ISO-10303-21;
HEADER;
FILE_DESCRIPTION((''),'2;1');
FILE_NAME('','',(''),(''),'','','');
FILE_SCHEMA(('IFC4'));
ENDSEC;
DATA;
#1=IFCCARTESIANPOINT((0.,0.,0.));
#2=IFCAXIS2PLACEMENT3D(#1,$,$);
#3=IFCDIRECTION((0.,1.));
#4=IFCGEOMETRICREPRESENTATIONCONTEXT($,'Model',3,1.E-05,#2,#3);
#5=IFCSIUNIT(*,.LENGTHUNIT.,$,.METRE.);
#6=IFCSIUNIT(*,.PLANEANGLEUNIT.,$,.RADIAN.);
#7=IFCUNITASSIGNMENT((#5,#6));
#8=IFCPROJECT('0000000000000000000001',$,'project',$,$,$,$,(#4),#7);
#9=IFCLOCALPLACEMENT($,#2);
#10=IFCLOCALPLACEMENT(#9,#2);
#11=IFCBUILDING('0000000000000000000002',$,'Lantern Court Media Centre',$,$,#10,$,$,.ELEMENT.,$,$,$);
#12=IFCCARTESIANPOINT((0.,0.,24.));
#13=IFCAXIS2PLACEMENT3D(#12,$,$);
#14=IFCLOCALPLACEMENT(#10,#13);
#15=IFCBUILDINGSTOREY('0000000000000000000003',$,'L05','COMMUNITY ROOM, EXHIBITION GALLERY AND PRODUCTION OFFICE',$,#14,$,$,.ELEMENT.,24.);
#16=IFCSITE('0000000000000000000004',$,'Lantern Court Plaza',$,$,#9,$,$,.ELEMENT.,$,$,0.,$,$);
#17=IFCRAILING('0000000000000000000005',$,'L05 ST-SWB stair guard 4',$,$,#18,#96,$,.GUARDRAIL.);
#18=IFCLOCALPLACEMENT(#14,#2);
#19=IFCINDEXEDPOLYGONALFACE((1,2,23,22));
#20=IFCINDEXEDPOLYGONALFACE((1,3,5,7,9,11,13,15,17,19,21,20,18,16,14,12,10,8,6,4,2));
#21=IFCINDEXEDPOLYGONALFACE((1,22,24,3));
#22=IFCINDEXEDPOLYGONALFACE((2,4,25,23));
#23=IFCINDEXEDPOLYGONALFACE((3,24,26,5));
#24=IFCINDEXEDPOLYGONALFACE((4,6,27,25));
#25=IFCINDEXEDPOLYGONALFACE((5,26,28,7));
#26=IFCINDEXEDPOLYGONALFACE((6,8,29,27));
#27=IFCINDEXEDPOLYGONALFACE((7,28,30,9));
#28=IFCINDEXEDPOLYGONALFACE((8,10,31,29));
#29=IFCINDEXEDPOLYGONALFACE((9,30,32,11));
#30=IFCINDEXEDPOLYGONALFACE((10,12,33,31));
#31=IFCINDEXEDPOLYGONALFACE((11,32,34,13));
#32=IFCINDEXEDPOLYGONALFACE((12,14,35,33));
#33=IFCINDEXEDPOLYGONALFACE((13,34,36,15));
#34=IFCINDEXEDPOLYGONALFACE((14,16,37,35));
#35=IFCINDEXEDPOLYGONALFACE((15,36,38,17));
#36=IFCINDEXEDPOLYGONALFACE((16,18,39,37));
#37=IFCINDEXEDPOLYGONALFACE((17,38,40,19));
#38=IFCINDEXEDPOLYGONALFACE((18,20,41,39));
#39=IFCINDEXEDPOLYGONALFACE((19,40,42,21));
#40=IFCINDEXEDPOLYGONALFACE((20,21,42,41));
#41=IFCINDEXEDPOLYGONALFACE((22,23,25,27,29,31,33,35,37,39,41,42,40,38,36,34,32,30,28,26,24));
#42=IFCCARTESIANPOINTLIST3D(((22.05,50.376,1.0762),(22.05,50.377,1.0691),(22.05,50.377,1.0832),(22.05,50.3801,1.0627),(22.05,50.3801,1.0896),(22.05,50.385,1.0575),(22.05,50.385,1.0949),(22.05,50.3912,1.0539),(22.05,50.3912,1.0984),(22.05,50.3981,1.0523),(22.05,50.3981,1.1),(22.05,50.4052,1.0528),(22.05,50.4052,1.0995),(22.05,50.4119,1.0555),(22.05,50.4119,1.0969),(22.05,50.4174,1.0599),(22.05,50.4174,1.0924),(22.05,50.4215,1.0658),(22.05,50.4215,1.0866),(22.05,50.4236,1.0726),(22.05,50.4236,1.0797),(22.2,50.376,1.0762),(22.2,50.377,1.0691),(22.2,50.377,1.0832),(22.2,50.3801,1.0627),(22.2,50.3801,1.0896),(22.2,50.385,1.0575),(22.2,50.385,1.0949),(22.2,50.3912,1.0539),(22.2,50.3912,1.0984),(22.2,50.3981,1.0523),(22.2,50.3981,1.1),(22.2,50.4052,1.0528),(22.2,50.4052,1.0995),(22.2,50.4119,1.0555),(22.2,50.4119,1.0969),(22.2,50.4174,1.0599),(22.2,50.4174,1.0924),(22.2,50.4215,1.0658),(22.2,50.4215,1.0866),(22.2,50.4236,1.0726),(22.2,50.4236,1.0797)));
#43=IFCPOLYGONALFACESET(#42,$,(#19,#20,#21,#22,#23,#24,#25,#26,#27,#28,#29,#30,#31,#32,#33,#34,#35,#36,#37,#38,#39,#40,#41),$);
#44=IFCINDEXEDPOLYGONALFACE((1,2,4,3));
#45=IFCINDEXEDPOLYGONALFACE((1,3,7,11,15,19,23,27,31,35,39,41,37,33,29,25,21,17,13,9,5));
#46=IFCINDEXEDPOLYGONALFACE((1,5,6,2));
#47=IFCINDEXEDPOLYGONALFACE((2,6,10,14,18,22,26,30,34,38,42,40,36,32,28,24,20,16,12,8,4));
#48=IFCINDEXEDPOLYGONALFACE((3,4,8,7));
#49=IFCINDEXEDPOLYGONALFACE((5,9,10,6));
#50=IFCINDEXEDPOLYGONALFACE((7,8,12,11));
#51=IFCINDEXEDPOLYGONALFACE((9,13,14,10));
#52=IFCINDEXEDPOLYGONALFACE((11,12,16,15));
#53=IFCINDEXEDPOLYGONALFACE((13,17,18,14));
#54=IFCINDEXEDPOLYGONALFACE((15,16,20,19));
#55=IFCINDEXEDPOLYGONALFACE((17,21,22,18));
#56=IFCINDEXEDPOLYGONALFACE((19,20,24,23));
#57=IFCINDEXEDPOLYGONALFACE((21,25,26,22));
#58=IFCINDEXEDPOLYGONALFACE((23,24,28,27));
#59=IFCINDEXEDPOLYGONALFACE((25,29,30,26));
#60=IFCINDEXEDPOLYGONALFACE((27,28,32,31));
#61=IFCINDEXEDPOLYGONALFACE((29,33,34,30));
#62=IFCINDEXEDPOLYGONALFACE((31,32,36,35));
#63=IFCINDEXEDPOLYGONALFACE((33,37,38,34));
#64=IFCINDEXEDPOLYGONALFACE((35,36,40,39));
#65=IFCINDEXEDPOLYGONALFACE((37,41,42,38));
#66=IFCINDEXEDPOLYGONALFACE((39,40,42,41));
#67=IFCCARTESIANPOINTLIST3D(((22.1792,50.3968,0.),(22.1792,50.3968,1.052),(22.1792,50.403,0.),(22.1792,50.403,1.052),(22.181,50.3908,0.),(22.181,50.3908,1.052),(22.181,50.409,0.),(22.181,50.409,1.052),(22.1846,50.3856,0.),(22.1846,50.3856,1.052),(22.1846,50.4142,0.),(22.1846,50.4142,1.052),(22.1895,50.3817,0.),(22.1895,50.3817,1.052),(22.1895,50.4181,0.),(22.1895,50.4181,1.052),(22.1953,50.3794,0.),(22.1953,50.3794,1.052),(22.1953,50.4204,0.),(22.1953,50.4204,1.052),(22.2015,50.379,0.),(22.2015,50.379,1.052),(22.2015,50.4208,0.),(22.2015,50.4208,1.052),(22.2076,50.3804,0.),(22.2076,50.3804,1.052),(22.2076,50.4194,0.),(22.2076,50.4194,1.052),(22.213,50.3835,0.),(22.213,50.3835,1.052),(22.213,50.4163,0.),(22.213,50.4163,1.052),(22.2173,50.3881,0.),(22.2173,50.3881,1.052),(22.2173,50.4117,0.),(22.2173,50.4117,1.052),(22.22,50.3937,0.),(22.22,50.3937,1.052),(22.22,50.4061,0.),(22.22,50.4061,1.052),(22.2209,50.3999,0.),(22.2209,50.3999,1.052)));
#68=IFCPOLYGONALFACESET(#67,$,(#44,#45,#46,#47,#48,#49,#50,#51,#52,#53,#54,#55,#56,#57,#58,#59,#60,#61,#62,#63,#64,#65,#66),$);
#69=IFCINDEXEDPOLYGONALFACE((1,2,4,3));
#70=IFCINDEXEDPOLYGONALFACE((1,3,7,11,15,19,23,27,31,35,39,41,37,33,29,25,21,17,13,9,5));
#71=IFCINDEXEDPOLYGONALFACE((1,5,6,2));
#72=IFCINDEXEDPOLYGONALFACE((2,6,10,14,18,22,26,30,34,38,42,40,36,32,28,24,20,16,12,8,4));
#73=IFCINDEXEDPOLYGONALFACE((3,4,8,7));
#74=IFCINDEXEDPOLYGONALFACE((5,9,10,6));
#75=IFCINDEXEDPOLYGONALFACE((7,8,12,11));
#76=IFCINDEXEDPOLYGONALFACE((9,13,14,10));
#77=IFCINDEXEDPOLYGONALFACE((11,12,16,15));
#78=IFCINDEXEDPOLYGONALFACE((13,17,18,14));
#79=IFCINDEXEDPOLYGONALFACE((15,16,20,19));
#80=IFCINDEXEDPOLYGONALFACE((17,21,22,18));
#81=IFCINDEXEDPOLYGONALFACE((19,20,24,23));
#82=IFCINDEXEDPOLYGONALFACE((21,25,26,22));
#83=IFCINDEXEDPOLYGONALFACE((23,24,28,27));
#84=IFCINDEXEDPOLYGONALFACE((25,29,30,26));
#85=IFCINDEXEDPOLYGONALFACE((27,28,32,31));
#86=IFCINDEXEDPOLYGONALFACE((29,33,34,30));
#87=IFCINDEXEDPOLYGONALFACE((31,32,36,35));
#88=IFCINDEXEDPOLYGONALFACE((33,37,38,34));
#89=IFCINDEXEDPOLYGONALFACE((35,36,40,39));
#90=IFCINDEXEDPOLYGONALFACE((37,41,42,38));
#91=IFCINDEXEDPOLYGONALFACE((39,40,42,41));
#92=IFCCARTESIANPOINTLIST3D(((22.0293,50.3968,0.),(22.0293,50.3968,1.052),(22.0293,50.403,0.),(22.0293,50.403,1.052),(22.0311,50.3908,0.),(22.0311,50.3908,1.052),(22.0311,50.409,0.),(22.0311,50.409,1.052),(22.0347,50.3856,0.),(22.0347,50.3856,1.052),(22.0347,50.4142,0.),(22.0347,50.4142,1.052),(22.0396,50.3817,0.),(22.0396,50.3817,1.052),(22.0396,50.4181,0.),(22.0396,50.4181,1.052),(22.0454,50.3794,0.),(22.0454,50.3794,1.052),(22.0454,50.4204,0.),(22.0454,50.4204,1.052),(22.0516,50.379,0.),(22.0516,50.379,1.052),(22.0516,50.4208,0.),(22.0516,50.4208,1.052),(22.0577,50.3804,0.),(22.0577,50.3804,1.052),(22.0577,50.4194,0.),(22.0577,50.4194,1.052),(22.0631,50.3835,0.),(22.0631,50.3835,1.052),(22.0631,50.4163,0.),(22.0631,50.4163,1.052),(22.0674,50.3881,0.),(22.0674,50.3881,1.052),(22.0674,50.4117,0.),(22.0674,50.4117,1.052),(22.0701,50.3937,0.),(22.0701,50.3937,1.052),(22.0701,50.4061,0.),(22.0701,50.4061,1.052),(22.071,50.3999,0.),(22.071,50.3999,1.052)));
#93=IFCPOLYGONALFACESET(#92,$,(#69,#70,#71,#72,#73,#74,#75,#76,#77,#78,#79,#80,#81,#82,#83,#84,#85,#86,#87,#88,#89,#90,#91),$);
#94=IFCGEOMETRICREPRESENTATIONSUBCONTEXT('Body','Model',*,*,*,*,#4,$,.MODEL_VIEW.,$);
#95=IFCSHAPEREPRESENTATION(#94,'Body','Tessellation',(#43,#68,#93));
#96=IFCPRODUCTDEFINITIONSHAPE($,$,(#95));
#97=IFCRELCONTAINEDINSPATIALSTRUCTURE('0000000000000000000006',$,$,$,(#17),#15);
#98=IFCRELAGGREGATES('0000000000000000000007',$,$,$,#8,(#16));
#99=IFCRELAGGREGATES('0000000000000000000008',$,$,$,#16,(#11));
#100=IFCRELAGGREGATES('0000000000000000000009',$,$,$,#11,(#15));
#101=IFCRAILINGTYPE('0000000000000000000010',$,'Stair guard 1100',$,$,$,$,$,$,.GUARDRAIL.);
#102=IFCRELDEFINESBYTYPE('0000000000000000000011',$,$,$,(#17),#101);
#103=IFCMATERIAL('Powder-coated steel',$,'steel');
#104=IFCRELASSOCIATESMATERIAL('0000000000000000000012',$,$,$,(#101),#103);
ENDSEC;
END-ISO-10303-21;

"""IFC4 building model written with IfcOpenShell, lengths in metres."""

from ifc_helpers import new_model, si_unit, direction, frame, origin, origin_2d, place, context, subcontext, project, spatial, circle, extrude, material, type_object, element, save


model = new_model("IFC4")

# Units and contexts
model_context = context("Model", 3, precision=1e-05, world=origin(), true_north=direction((0.0, 1.0)))
body_context = subcontext(model_context, "Body", "Model", "MODEL_VIEW")
ifc_project = project(units=[si_unit("LENGTHUNIT", "METRE"), si_unit("PLANEANGLEUNIT", "RADIAN")], contexts=[model_context])

# Site, building, storey
site_placement = place(None, origin())
site = spatial("IfcSite", under=ifc_project, at=site_placement, Name="Lantern Court Plaza", CompositionType="ELEMENT", RefElevation=0.0)
building_placement = place(site_placement, origin())
building = spatial("IfcBuilding", under=site, at=building_placement, Name="Lantern Court Media Centre", CompositionType="ELEMENT")
storey_placement = place(building_placement, frame((0.0, 0.0, 24.0)))
storey = spatial("IfcBuildingStorey", under=building, at=storey_placement, Name="L05", Description="COMMUNITY ROOM, EXHIBITION GALLERY AND PRODUCTION OFFICE", CompositionType="ELEMENT", Elevation=24.0)

# Shared definitions
ifc_material_1 = material(Name="Powder-coated steel", Category="steel")

# Railing
railing_type_1 = type_object("IfcRailingType", Name="Stair guard 1100", PredefinedType="GUARDRAIL", material=ifc_material_1)
railing_1_placement = place(storey_placement, frame((22.2, 50.3999, 0.0)))
element("IfcRailing", 1, at=railing_1_placement, inside=storey, type_object=railing_type_1, Name="L05 ST-SWB stair guard 4", PredefinedType="GUARDRAIL", context=body_context, shape_type="SweptSolid", body=[
    extrude(circle(Radius=0.0239, at=origin_2d()), frame((0.0, 0.0, 1.0762), z_axis=(-1.0, 0.0, 0.0), x_axis=(0.0, -1.0, 0.0)), (0.0, 0.0, 1.0), 0.1499),
    extrude(circle(Radius=0.021, at=origin_2d()), origin(), (0.0, 0.0, 1.0), 1.052),
    extrude(circle(Radius=0.021, at=origin_2d()), frame((-0.1499, 0.0, 0.0)), (0.0, 0.0, 1.0), 1.052),
])

save(model, "model.ifc")
